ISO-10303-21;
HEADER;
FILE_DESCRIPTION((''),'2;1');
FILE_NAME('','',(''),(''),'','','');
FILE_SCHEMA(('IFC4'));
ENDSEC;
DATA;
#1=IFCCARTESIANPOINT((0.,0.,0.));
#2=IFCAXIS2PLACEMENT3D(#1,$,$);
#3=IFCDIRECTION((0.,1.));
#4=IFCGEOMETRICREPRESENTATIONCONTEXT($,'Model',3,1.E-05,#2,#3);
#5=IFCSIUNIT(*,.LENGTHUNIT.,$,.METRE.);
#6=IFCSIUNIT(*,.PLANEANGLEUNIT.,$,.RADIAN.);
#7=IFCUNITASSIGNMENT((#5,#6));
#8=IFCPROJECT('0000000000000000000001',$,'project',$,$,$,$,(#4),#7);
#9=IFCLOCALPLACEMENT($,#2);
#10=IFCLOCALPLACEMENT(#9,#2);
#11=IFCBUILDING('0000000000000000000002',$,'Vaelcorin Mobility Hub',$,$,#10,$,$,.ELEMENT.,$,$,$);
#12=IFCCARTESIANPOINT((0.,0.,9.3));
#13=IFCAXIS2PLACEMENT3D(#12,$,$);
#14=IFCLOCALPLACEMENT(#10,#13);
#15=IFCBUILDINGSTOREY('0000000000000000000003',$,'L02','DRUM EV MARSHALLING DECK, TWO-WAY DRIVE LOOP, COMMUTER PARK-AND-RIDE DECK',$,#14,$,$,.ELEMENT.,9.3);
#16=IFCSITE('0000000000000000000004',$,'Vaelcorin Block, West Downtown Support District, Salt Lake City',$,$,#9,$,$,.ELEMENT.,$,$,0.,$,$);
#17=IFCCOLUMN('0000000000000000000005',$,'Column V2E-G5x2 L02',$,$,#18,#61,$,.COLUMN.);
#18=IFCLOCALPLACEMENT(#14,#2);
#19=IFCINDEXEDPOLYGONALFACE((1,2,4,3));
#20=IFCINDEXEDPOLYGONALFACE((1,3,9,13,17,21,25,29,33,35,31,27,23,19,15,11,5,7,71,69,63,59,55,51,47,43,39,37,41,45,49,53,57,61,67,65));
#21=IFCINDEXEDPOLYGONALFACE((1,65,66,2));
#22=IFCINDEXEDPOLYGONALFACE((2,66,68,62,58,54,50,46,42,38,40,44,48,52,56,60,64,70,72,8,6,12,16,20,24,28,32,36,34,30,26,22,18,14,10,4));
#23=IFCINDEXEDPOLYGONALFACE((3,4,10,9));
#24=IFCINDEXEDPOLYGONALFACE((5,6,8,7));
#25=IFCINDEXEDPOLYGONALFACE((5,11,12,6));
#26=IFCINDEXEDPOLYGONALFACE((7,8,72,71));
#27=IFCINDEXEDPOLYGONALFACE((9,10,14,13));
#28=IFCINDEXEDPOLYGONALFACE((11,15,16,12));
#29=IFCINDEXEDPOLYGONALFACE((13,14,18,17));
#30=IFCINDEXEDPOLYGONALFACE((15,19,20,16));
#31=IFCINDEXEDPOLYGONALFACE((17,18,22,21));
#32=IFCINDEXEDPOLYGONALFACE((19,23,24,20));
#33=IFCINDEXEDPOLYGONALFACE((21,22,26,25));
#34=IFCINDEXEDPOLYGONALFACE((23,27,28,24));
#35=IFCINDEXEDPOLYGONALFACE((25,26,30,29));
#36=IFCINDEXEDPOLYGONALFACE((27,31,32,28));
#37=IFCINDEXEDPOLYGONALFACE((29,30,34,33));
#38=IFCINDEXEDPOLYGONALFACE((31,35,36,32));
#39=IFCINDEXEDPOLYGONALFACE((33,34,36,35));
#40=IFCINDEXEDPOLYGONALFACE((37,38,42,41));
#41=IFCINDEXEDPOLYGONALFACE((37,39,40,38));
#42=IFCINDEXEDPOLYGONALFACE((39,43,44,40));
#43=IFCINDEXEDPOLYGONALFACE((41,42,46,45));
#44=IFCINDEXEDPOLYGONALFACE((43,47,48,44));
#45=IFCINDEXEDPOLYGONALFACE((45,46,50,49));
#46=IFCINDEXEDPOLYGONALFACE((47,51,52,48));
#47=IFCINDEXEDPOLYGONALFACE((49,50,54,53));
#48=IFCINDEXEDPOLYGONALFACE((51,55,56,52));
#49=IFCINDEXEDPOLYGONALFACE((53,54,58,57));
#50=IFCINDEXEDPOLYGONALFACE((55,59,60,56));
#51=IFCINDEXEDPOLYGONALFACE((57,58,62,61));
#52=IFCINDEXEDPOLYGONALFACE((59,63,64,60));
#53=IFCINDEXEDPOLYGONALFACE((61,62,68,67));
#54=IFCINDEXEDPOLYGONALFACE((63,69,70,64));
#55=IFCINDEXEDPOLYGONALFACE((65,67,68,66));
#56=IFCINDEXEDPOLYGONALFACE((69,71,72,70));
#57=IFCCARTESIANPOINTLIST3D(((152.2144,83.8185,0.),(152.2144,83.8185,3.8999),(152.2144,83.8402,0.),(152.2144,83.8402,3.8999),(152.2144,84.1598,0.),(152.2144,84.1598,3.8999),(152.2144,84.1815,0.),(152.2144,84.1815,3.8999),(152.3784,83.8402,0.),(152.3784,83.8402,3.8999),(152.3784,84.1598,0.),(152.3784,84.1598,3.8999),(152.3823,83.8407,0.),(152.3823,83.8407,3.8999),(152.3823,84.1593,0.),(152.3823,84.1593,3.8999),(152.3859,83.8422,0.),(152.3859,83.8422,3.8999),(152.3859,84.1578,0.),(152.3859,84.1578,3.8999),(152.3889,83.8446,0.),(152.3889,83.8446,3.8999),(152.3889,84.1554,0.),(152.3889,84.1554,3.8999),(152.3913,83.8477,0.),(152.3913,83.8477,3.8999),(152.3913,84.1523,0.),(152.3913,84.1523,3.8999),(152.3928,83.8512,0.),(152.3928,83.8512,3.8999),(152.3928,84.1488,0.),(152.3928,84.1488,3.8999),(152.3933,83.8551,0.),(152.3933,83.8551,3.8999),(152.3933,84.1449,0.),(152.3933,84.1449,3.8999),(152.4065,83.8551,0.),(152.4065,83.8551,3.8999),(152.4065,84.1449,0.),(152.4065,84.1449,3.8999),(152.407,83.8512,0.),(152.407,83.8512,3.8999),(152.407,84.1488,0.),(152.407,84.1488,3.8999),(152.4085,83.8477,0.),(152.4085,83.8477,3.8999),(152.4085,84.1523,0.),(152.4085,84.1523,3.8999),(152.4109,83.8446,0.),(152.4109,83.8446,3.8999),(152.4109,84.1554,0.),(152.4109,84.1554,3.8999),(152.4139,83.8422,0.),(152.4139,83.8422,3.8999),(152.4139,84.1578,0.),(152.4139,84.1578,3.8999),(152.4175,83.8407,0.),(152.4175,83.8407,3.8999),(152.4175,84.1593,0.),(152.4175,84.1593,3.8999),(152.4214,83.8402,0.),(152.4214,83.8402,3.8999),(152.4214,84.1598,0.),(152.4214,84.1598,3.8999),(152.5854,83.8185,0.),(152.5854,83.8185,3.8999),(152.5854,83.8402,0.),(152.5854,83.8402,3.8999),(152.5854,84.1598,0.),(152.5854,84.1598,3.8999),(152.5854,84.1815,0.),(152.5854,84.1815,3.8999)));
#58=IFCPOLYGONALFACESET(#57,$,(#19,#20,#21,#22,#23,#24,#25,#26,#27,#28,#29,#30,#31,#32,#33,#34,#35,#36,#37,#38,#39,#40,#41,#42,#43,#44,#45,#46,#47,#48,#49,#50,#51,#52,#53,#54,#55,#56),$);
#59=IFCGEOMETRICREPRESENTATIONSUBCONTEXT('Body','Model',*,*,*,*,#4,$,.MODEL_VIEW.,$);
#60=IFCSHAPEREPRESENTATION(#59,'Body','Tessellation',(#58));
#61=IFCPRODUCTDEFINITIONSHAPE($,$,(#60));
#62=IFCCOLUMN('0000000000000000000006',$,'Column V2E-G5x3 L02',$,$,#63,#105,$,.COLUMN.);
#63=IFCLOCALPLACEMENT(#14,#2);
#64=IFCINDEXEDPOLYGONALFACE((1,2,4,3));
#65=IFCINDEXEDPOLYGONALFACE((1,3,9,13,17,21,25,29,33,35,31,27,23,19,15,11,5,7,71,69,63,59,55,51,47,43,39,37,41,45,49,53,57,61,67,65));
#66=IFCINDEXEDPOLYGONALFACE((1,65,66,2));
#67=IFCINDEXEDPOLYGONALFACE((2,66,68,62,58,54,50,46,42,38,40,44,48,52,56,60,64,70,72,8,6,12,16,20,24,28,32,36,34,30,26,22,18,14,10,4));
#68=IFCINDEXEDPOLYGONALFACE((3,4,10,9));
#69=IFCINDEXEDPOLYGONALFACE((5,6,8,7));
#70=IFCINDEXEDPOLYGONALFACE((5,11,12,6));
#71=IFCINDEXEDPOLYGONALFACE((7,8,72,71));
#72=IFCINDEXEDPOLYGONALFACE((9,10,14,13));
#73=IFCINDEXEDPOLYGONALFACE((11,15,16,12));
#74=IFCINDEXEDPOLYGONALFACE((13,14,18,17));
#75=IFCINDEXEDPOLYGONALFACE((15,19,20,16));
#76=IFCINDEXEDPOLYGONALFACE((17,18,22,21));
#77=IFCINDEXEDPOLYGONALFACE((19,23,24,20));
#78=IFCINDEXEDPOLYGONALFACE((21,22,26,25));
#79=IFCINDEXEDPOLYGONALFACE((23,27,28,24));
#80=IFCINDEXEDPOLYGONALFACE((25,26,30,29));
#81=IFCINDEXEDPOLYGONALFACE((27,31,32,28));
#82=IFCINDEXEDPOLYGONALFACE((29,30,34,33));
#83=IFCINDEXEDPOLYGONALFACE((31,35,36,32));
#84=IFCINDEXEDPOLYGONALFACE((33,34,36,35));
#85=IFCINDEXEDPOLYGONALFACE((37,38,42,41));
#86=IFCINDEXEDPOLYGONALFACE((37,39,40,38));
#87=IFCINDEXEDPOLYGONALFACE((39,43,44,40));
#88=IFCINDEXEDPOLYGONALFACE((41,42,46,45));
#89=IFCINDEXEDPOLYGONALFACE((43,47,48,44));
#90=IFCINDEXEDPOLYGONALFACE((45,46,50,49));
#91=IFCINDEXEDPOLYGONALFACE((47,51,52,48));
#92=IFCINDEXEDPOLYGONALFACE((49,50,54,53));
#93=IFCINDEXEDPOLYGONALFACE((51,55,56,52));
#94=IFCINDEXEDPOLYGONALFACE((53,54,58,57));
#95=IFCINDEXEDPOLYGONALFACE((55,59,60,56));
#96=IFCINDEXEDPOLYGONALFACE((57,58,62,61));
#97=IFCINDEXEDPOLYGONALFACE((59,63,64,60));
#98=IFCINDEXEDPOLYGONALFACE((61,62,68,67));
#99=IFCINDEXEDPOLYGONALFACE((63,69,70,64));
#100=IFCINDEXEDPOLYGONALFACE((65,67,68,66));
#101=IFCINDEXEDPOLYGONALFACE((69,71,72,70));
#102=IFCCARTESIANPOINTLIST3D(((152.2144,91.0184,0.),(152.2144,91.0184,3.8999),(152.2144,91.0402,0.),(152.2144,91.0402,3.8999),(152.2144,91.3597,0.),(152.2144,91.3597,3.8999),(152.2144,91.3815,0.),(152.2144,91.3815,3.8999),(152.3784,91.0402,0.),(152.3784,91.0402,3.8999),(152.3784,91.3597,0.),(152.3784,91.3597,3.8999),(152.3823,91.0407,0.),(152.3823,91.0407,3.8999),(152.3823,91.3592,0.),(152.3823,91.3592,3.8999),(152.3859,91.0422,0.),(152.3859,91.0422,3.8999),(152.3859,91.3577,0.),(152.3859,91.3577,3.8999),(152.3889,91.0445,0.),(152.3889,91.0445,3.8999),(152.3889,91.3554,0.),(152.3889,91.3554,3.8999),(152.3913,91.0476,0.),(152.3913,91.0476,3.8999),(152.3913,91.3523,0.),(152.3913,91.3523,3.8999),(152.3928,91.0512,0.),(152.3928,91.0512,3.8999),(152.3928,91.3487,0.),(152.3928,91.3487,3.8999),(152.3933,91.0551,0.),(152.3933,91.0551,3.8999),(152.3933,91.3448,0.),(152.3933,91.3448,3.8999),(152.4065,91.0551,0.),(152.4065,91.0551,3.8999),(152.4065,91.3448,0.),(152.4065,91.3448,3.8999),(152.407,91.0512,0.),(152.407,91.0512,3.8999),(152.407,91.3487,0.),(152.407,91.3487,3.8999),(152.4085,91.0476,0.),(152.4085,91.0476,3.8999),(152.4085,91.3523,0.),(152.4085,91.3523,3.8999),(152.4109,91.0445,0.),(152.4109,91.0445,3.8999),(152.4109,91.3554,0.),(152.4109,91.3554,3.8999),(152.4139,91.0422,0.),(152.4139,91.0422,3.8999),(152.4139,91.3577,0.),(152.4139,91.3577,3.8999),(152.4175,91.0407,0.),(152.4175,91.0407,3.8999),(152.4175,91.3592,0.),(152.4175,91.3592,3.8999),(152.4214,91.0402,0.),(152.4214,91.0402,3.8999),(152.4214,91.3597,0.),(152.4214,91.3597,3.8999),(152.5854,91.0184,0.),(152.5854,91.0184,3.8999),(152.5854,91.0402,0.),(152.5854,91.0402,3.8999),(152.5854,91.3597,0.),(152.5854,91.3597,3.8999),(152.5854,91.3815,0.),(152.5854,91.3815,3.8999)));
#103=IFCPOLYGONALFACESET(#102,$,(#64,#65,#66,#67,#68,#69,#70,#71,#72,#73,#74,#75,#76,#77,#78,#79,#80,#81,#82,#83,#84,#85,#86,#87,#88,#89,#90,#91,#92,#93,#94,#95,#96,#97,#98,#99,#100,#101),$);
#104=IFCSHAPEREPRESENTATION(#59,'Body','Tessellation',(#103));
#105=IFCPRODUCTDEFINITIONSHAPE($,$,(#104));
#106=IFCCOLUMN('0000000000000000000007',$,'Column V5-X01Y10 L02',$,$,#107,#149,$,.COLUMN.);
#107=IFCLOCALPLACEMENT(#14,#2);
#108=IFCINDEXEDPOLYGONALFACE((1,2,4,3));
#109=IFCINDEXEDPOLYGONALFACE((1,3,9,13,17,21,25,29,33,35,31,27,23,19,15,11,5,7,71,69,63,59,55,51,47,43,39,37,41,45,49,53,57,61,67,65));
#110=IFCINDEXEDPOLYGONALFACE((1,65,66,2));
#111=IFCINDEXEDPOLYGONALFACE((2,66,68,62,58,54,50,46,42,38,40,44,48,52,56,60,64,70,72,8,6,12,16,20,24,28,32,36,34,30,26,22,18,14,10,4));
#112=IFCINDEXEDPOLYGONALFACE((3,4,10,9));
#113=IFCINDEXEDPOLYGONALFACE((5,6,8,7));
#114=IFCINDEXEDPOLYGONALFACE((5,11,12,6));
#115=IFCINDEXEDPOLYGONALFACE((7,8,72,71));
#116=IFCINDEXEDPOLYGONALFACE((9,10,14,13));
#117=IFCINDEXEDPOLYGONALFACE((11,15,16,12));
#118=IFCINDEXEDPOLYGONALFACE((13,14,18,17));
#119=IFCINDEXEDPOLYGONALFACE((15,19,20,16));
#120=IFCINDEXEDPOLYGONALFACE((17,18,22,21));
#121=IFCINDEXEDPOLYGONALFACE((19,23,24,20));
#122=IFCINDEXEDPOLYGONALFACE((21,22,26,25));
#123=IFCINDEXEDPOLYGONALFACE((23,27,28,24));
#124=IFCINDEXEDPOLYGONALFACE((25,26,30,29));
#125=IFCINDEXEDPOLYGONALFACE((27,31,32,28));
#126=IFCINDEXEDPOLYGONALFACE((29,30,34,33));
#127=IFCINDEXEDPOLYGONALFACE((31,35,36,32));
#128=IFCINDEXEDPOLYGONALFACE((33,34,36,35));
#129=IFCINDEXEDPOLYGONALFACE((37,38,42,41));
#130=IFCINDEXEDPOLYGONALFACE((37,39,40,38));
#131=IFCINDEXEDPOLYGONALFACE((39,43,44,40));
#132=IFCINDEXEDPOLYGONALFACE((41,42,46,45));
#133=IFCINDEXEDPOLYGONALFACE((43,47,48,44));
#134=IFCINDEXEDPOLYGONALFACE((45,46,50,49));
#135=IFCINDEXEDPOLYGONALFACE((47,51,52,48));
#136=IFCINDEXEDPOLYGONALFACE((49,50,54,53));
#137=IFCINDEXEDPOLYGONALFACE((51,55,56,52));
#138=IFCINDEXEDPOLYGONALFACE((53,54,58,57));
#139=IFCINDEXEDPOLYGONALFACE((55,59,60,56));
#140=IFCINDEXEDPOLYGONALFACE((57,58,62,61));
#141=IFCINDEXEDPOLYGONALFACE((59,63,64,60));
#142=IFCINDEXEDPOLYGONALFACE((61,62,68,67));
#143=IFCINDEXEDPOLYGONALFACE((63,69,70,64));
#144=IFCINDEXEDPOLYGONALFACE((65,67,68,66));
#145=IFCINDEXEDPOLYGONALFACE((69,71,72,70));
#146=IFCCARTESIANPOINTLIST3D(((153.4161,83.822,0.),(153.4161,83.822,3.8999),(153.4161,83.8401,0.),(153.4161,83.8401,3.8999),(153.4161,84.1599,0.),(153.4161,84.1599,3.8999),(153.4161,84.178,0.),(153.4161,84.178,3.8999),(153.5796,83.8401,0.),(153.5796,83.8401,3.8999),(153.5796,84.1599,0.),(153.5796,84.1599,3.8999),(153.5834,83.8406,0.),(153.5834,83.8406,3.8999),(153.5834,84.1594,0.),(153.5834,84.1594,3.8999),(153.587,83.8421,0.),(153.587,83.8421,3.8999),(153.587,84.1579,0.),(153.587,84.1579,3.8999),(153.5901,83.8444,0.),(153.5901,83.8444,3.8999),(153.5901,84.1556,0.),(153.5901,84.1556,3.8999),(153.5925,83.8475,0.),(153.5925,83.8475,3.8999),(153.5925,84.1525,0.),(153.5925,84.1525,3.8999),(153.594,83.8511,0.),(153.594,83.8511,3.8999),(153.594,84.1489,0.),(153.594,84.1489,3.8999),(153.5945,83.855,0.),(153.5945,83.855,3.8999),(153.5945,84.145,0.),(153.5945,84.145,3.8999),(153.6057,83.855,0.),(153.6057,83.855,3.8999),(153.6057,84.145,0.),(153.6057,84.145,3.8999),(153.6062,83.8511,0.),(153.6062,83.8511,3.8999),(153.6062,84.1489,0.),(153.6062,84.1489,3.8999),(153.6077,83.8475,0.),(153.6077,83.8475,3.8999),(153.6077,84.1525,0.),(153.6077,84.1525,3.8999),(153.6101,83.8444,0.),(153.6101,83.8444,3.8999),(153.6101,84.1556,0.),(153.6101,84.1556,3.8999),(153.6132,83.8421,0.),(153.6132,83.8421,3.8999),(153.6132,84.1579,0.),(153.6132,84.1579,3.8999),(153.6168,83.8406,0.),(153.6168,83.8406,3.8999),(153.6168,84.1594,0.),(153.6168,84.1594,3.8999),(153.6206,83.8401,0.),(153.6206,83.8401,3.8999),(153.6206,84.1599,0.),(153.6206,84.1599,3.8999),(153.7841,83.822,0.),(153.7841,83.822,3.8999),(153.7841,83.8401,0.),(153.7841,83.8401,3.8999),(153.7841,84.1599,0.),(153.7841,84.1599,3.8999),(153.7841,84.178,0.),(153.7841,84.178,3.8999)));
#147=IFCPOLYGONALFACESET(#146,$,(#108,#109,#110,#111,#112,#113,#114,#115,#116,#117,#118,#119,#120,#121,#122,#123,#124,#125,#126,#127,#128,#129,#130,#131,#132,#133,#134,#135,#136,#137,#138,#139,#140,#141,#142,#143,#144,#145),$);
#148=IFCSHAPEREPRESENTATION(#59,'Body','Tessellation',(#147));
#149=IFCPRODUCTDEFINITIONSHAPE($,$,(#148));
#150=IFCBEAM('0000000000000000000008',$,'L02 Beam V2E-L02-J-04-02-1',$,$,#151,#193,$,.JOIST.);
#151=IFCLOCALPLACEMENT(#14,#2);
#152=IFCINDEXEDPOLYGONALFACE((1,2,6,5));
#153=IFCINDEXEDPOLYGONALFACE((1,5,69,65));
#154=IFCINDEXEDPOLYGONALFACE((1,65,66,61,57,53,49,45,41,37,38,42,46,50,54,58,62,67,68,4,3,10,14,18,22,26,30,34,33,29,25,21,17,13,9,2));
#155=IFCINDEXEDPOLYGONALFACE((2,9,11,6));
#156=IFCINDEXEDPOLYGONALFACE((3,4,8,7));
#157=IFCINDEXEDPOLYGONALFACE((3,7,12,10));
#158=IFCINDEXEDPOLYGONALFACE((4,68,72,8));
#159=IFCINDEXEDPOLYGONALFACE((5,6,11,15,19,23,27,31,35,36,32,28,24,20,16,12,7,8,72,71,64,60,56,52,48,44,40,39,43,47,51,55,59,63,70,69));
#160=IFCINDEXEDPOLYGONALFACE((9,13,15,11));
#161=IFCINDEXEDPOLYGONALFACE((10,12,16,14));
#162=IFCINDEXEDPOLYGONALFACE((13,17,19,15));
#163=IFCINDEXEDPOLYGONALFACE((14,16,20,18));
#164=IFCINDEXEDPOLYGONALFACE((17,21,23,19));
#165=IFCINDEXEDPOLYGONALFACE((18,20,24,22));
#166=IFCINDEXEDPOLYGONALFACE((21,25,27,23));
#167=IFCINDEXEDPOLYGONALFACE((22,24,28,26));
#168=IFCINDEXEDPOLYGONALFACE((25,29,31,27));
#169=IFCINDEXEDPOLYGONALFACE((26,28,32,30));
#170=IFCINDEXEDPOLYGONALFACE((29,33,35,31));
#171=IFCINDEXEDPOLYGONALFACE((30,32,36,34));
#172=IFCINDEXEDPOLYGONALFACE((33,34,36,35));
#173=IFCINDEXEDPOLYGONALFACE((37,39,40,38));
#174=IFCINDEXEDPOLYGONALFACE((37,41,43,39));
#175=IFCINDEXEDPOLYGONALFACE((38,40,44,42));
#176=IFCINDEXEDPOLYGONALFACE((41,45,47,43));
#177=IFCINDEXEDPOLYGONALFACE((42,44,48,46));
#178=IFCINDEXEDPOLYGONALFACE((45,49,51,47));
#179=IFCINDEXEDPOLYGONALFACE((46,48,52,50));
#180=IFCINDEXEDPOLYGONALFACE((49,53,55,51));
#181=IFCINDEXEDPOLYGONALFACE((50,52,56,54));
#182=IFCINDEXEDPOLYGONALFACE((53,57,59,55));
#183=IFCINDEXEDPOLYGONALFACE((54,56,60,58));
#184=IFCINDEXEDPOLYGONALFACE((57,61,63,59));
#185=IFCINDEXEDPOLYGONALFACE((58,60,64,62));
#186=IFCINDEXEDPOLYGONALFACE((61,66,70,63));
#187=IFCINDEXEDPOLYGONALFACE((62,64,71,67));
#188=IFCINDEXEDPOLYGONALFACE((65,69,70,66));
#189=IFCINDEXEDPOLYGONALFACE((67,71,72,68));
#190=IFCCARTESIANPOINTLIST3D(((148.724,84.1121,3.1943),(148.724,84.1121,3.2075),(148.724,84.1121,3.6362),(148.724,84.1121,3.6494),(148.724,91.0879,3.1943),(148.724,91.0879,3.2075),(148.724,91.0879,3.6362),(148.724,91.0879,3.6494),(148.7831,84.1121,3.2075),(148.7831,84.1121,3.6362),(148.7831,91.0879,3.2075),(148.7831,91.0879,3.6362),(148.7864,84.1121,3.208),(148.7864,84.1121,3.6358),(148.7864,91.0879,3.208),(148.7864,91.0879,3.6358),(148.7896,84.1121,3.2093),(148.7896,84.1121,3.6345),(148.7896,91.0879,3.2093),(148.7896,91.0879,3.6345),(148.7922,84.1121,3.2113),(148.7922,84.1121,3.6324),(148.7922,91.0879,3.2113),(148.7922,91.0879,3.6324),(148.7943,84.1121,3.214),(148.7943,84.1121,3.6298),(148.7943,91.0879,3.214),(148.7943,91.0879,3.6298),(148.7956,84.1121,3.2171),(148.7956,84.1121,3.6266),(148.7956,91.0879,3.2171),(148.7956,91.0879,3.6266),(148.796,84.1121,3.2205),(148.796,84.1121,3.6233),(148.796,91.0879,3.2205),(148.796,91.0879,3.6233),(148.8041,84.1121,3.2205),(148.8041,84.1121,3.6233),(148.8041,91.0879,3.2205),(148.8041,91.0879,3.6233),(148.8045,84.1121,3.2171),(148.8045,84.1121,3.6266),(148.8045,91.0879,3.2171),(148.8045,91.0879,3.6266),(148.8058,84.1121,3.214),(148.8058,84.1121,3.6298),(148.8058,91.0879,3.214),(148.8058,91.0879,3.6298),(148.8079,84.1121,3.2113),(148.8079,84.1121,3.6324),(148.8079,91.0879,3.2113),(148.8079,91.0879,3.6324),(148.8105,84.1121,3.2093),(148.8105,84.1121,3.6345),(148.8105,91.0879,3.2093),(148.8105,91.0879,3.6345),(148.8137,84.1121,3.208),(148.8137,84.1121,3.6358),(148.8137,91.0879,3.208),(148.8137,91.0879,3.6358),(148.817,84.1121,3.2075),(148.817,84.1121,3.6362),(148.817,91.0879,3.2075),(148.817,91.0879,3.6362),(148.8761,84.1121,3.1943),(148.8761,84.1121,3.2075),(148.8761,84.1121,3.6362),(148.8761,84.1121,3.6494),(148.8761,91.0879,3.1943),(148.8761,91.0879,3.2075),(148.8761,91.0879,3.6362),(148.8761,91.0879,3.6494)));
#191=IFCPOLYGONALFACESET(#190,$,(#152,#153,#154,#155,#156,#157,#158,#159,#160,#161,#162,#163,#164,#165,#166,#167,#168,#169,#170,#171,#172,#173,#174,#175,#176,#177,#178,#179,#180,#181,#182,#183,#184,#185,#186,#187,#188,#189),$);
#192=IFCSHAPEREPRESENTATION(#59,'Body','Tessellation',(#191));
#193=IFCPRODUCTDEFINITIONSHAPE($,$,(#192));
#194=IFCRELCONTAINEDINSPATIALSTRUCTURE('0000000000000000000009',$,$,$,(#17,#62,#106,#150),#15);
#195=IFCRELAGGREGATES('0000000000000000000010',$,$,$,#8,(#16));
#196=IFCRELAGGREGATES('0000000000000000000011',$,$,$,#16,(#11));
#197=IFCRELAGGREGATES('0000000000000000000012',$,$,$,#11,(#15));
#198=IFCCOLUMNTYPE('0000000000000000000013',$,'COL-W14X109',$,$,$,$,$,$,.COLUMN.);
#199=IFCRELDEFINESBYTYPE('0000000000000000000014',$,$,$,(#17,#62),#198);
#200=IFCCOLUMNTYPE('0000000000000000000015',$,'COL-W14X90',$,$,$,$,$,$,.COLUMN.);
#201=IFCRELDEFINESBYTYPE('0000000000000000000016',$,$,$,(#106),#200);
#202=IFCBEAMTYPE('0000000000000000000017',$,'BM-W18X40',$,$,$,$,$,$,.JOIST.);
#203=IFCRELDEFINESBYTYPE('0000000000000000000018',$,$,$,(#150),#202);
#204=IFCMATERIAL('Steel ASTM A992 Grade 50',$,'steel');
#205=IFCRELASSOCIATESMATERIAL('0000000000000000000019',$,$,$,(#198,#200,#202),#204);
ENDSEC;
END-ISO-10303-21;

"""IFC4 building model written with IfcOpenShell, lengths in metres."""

from ifc_helpers import new_model, si_unit, direction, frame, origin, origin_2d, place, context, subcontext, project, spatial, i_section, extrude, material, material_profile, profile_set, type_object, element, save


model = new_model("IFC4")

# Units and contexts
model_context = context("Model", 3, precision=1e-05, world=origin(), true_north=direction((0.0, 1.0)))
body_context = subcontext(model_context, "Body", "Model", "MODEL_VIEW")
ifc_project = project(units=[si_unit("LENGTHUNIT", "METRE"), si_unit("PLANEANGLEUNIT", "RADIAN")], contexts=[model_context])

# Site, building, storey
site_placement = place(None, origin())
site = spatial("IfcSite", under=ifc_project, at=site_placement, Name="Vaelcorin Block, West Downtown Support District, Salt Lake City", CompositionType="ELEMENT", RefElevation=0.0)
building_placement = place(site_placement, origin())
building = spatial("IfcBuilding", under=site, at=building_placement, Name="Vaelcorin Mobility Hub", CompositionType="ELEMENT")
storey_placement = place(building_placement, frame((0.0, 0.0, 9.3)))
storey = spatial("IfcBuildingStorey", under=building, at=storey_placement, Name="L02", Description="DRUM EV MARSHALLING DECK, TWO-WAY DRIVE LOOP, COMMUTER PARK-AND-RIDE DECK", CompositionType="ELEMENT", Elevation=9.3)

# Columns
ifc_material_1 = material(Name="Steel ASTM A992 Grade 50", Category="steel")
ifc_material_profile_1 = material_profile(ifc_material_1, i_section(OverallWidth=0.3711, OverallDepth=0.363, WebThickness=0.0132, FlangeThickness=0.0217, FilletRadius=0.0149, at=origin_2d()), Name="W14X109")
ifc_profile_set_1 = profile_set([ifc_material_profile_1], Name="Steel ASTM A992 Grade 50")
column_type_1 = type_object("IfcColumnType", Name="COL-W14X109", PredefinedType="COLUMN", material=ifc_profile_set_1)
for number, where, z_axis, x_axis, name in (
    (1, (152.3999, 84.0, 0.0), (0.0, 0.0, 1.0), (1.0, 0.0, 0.0), "Column V2E-G5x2 L02"),
    (2, (152.3999, 91.2, 0.0), (0.0, 0.0, 1.0), (1.0, 0.0, 0.0), "Column V2E-G5x3 L02"),
):
    element("IfcColumn", number, at=place(storey_placement, frame(where, z_axis=z_axis, x_axis=x_axis)), inside=storey, type_object=column_type_1, Name=name, PredefinedType="COLUMN", context=body_context, shape_type="SweptSolid", body=[
        extrude(i_section(OverallWidth=0.3711, OverallDepth=0.363, WebThickness=0.0132, FlangeThickness=0.0217, FilletRadius=0.0149, at=origin_2d()), origin(), (0.0, 0.0, 1.0), 3.8999),
    ])
ifc_material_profile_2 = material_profile(ifc_material_1, i_section(OverallWidth=0.3679, OverallDepth=0.356, WebThickness=0.0112, FlangeThickness=0.0181, FilletRadius=0.0149, at=origin_2d()), Name="W14X90")
ifc_profile_set_2 = profile_set([ifc_material_profile_2], Name="Steel ASTM A992 Grade 50")
column_type_2 = type_object("IfcColumnType", Name="COL-W14X90", PredefinedType="COLUMN", material=ifc_profile_set_2)
column_placement = place(storey_placement, frame((153.6001, 84.0, 0.0), z_axis=(0.0, 0.0, 1.0), x_axis=(1.0, 0.0, 0.0)))
element("IfcColumn", 3, at=column_placement, inside=storey, type_object=column_type_2, Name="Column V5-X01Y10 L02", PredefinedType="COLUMN", context=body_context, shape_type="SweptSolid", body=[
    extrude(i_section(OverallWidth=0.3679, OverallDepth=0.356, WebThickness=0.0112, FlangeThickness=0.0181, FilletRadius=0.0149, at=origin_2d()), origin(), (0.0, 0.0, 1.0), 3.8999),
])

# Beam
ifc_material_profile_3 = material_profile(ifc_material_1, i_section(OverallWidth=0.1521, OverallDepth=0.4551, WebThickness=0.0081, FlangeThickness=0.0132, FilletRadius=0.0129, at=origin_2d()), Name="W18X40")
ifc_profile_set_3 = profile_set([ifc_material_profile_3], Name="Steel ASTM A992 Grade 50")
beam_type_1 = type_object("IfcBeamType", Name="BM-W18X40", PredefinedType="JOIST", material=ifc_profile_set_3)
beam_1_placement = place(storey_placement, frame((148.8, 84.1121, 3.4219), z_axis=(0.0, 1.0, 0.0), x_axis=(-1.0, 0.0, 0.0)))
element("IfcBeam", 4, at=beam_1_placement, inside=storey, type_object=beam_type_1, Name="L02 Beam V2E-L02-J-04-02-1", PredefinedType="JOIST", context=body_context, shape_type="SweptSolid", body=[
    extrude(i_section(OverallWidth=0.1521, OverallDepth=0.4551, WebThickness=0.0081, FlangeThickness=0.0132, FilletRadius=0.0129, at=origin_2d()), origin(), (0.0, 0.0, 1.0), 6.9758),
])

save(model, "model.ifc")
